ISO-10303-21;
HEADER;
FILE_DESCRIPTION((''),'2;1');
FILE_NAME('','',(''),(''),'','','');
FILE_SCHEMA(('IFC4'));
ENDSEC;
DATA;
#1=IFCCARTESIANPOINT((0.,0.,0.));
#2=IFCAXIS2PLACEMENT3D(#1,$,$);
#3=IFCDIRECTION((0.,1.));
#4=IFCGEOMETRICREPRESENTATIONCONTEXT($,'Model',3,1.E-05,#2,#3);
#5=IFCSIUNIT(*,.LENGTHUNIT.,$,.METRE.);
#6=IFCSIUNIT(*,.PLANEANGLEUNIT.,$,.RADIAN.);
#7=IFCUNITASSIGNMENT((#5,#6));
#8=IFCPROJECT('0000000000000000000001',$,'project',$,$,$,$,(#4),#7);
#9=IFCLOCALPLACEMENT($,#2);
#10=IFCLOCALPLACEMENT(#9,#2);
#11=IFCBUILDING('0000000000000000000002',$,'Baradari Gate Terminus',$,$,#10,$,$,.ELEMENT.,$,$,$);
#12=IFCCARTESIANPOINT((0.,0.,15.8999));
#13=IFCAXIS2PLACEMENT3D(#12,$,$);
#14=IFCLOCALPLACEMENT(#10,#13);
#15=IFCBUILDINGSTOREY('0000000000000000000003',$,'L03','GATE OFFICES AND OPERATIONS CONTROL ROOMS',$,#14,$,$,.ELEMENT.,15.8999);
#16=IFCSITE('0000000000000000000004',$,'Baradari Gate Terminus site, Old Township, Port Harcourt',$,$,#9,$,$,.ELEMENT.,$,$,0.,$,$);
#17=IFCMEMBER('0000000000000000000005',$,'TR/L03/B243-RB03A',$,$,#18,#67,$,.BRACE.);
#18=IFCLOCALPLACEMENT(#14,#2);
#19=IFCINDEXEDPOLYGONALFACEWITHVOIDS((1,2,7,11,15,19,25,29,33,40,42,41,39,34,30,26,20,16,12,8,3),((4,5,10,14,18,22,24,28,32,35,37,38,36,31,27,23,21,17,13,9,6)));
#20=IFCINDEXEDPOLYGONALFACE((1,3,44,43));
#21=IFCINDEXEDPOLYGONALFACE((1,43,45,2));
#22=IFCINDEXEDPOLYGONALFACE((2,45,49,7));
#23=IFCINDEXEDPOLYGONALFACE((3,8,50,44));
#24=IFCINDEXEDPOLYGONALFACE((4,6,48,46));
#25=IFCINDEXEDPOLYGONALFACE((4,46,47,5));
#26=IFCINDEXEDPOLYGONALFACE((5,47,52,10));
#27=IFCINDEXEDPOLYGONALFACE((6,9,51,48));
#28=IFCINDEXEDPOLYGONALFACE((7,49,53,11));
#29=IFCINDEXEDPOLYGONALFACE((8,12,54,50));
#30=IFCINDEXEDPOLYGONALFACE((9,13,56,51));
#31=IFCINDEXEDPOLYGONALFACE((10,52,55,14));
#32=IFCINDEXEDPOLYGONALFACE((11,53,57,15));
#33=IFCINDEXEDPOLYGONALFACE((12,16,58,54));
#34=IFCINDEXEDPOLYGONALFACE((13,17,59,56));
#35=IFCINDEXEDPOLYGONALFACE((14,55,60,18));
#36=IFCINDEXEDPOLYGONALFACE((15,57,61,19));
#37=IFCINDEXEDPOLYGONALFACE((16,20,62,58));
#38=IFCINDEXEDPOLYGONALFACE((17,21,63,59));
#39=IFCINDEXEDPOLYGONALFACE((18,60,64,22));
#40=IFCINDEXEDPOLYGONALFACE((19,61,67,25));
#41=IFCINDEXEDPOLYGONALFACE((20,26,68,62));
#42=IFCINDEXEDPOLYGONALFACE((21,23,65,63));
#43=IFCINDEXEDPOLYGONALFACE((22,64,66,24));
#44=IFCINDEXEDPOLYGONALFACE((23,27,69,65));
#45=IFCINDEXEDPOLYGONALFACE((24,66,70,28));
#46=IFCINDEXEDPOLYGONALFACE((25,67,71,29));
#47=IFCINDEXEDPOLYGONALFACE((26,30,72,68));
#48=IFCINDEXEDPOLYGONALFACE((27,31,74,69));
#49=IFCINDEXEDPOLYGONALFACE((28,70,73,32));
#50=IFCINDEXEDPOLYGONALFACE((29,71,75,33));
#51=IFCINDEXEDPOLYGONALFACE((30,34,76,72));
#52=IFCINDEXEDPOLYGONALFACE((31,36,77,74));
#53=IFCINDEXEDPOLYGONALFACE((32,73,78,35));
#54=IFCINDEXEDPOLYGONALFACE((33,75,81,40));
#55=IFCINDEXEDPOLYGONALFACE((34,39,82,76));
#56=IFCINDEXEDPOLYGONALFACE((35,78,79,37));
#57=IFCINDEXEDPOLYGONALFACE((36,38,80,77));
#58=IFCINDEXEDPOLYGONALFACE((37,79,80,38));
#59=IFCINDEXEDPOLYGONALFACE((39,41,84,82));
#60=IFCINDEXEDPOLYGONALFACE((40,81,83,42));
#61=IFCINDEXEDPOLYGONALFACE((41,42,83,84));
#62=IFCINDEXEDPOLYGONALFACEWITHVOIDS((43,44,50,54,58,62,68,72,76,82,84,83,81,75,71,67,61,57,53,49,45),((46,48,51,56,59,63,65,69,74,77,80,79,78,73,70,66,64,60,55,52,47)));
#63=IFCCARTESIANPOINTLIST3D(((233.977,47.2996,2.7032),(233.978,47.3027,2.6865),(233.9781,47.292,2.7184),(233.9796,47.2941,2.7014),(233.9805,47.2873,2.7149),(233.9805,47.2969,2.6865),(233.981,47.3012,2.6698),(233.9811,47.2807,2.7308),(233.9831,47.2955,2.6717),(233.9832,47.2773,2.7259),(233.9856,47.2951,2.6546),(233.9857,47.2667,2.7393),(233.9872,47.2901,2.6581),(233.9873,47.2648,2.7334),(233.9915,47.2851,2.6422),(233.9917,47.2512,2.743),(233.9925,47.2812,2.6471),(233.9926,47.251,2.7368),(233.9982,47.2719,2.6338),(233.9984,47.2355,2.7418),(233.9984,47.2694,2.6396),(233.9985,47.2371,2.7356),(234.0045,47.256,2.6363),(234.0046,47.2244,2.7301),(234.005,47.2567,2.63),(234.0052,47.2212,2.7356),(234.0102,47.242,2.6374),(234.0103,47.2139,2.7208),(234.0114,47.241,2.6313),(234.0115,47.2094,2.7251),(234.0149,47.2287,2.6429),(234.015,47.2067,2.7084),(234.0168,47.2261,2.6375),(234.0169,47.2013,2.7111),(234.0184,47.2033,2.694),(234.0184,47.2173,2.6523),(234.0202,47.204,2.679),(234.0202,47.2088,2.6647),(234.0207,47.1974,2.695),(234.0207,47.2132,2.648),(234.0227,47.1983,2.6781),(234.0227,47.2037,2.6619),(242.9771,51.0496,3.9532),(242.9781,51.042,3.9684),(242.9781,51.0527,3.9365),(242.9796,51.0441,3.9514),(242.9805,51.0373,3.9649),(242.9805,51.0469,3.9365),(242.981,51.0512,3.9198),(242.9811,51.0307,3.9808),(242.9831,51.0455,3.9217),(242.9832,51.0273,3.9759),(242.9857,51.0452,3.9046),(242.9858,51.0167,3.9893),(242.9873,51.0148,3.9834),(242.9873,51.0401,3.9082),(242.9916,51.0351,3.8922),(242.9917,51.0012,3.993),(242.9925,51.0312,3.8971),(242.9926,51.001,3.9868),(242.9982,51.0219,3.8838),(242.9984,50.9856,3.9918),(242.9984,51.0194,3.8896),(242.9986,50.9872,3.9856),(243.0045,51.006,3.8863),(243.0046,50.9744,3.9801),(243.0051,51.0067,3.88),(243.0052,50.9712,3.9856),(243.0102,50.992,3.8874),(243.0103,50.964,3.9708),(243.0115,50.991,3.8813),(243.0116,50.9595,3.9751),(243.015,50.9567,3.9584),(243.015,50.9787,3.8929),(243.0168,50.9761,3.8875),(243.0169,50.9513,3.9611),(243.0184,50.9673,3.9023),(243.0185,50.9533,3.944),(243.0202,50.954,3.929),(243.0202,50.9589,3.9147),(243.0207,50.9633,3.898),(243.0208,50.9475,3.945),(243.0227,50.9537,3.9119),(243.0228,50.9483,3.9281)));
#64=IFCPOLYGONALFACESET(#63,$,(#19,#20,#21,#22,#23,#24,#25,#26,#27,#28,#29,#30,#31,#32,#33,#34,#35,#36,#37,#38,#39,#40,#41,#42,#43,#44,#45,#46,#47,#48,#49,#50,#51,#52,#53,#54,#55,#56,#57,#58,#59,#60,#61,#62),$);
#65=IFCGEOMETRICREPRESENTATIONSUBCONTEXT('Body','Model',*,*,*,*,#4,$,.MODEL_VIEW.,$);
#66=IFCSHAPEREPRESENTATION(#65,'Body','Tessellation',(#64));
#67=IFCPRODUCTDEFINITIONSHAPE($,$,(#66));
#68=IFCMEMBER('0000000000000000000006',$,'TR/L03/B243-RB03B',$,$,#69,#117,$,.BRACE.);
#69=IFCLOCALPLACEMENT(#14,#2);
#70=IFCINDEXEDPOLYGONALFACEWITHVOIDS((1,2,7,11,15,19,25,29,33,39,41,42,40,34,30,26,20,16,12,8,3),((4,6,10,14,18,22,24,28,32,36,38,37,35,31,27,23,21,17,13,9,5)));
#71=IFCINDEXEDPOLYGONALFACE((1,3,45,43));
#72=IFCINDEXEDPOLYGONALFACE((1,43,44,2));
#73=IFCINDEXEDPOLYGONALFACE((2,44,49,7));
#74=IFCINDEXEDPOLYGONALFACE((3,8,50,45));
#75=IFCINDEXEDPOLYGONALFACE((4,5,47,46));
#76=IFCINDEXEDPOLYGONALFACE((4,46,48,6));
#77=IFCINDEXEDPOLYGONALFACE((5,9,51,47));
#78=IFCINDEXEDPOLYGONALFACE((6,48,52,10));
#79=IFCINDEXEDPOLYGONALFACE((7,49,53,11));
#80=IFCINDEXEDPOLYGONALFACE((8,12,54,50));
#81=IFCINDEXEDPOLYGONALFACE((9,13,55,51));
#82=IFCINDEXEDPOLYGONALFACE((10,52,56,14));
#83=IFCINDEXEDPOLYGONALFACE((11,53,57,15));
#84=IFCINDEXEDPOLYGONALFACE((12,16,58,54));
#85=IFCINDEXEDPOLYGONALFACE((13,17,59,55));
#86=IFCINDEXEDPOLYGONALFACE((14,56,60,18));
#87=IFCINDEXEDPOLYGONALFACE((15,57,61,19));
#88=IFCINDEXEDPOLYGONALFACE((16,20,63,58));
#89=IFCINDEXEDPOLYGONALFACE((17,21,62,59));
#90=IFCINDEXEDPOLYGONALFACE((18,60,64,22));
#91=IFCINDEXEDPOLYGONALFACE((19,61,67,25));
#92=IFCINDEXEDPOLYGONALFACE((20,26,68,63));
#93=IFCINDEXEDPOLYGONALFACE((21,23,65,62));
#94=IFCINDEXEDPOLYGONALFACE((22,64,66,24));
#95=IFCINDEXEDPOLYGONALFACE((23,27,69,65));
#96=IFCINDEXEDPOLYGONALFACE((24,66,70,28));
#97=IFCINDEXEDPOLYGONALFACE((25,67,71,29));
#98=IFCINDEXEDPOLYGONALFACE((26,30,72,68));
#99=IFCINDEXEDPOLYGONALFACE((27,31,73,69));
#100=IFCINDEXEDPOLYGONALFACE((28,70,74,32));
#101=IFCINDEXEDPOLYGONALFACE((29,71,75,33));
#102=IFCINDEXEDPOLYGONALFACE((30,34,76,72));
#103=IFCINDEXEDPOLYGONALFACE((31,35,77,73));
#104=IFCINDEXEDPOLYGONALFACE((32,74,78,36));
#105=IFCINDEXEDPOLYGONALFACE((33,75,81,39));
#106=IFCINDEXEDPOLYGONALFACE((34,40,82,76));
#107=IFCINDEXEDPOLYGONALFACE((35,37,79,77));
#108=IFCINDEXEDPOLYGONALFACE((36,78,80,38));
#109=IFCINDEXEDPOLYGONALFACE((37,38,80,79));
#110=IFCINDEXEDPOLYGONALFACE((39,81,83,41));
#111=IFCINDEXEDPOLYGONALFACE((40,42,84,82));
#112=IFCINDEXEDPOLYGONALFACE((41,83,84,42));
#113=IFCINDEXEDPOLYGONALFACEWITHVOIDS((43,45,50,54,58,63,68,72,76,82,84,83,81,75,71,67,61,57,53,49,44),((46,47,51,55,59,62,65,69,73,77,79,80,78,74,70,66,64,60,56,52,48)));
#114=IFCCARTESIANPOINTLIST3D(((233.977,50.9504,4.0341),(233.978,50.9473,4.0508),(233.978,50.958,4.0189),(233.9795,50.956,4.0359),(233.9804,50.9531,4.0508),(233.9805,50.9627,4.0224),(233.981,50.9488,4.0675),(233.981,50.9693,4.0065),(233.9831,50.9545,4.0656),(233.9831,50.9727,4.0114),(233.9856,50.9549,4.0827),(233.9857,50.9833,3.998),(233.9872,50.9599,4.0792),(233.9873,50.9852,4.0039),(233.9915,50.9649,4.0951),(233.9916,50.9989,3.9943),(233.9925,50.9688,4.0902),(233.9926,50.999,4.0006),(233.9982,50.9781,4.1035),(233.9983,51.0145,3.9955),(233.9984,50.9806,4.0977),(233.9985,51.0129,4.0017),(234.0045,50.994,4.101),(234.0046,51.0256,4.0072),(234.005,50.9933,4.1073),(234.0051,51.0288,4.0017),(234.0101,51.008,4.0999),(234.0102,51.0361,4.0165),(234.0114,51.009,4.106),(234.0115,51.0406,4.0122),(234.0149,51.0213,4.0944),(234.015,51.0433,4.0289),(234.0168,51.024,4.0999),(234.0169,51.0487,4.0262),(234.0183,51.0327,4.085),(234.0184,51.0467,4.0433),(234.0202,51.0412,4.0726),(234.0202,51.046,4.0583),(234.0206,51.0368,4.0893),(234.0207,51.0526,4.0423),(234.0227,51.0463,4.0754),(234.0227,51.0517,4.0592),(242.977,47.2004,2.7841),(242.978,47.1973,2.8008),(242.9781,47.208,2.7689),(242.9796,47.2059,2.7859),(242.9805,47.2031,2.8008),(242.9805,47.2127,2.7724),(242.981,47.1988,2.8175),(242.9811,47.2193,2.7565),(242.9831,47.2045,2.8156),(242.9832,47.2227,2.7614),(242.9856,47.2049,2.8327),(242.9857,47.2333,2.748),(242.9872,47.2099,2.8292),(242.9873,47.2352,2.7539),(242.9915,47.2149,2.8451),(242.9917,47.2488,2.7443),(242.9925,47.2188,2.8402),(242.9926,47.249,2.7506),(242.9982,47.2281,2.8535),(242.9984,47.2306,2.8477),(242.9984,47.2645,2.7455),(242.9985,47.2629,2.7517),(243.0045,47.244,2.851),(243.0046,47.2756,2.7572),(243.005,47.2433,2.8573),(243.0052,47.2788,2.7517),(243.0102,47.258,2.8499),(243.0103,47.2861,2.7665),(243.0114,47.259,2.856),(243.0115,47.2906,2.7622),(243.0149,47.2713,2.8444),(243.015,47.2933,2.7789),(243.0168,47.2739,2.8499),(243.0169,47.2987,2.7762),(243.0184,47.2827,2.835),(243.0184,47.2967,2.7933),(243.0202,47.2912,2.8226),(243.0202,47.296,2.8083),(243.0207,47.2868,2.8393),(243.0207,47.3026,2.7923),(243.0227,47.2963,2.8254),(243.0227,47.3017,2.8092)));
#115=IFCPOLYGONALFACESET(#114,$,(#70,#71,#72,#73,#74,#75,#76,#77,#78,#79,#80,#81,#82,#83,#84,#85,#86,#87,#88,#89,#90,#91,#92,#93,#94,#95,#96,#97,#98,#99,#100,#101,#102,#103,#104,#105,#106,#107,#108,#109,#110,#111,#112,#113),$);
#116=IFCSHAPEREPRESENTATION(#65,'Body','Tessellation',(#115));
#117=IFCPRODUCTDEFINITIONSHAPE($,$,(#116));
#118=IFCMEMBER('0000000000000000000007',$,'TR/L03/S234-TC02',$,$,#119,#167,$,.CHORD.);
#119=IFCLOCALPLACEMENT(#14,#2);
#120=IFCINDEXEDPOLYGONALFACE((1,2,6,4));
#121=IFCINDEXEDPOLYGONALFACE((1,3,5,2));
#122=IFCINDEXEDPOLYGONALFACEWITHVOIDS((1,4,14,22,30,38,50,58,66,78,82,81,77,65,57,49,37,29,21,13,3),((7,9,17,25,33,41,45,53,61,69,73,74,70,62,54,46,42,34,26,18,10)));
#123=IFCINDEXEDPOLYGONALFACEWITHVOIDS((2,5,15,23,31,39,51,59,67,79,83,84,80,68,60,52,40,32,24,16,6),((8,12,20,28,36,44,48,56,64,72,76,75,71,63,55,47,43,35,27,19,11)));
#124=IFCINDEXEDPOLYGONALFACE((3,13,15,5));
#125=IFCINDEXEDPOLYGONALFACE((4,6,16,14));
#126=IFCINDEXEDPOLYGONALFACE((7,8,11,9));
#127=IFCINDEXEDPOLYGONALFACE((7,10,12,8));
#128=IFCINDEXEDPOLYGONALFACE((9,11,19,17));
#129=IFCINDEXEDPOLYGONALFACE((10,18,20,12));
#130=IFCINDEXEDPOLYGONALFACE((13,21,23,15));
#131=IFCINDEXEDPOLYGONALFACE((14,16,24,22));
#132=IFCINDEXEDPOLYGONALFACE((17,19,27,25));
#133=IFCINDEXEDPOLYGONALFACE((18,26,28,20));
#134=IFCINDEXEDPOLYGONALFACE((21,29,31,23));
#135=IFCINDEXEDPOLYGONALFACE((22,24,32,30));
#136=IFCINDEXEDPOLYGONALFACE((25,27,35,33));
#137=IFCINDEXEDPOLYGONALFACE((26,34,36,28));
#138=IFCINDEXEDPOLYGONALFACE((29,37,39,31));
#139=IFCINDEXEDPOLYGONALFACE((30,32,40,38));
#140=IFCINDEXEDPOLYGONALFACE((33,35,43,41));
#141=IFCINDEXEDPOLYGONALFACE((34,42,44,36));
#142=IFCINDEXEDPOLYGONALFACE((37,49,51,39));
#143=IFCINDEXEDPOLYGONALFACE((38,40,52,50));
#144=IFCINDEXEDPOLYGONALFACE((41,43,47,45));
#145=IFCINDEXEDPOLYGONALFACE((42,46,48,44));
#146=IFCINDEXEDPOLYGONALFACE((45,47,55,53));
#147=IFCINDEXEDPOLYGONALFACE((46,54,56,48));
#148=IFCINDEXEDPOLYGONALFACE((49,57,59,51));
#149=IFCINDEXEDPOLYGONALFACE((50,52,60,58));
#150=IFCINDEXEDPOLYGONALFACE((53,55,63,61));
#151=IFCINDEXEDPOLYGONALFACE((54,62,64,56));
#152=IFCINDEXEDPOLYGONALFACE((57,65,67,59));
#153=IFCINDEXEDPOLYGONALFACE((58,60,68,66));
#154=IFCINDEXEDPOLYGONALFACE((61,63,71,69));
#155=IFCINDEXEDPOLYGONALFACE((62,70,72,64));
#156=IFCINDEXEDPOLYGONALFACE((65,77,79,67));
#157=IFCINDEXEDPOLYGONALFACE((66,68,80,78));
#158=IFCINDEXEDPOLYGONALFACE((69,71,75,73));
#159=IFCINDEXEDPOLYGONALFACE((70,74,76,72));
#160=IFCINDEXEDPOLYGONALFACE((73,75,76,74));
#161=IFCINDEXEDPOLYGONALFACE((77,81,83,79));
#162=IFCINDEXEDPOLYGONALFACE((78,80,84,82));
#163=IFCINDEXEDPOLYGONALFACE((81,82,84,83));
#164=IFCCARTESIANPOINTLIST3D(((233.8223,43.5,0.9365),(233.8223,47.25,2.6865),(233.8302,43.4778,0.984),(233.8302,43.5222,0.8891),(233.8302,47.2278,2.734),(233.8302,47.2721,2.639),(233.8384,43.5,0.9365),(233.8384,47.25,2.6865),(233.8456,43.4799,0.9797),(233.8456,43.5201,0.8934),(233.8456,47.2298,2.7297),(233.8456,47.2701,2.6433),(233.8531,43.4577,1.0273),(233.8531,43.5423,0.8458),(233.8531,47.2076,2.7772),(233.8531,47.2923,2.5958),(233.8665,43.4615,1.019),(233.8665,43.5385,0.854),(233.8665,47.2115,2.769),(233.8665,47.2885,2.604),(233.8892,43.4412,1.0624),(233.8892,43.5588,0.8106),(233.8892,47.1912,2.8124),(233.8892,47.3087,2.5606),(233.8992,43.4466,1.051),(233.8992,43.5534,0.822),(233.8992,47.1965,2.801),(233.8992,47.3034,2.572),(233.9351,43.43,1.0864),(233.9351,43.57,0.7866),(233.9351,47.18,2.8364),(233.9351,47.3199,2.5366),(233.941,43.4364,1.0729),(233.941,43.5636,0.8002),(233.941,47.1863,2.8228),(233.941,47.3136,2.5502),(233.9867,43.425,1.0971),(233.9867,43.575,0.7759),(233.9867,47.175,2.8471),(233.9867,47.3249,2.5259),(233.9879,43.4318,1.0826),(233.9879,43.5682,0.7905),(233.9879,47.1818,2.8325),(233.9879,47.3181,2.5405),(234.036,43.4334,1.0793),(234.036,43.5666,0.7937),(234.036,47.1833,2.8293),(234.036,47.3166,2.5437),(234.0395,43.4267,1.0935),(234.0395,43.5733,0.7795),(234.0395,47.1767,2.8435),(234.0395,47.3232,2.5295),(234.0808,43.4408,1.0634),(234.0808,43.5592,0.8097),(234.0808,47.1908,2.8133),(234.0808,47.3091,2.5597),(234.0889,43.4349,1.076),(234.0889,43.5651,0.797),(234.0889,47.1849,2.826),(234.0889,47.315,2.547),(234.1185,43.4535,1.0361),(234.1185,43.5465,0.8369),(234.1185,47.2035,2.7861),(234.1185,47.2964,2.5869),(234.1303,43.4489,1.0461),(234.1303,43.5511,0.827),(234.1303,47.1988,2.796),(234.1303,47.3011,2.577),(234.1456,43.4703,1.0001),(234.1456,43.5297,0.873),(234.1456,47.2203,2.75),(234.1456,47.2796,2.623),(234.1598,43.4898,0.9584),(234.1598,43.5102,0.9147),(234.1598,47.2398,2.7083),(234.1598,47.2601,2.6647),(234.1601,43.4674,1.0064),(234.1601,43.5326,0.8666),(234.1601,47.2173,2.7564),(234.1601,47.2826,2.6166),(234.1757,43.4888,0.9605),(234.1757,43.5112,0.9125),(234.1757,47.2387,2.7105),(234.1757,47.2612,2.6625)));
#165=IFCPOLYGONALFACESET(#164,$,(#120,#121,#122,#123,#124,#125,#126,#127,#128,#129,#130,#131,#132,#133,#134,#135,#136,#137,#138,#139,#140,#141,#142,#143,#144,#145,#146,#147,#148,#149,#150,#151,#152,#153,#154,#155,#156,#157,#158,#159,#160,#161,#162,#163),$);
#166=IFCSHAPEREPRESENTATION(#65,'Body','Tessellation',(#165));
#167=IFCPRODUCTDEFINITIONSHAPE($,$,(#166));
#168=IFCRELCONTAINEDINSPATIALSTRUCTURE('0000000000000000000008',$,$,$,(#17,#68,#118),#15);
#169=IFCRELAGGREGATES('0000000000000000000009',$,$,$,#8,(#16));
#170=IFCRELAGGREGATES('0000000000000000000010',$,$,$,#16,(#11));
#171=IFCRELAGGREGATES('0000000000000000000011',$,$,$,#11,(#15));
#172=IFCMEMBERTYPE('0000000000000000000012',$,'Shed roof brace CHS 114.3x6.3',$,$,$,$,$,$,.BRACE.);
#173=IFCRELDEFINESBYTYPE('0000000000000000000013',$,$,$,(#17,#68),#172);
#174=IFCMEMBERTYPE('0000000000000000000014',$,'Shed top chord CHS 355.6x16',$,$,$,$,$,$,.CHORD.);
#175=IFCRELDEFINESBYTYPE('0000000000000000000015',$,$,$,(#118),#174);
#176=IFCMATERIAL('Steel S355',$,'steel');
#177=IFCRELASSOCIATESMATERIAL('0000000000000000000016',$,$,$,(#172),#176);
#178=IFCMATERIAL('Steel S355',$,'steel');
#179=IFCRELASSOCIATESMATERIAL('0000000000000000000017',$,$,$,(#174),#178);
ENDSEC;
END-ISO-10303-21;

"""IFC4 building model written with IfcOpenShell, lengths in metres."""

from ifc_helpers import new_model, si_unit, direction, frame, origin, origin_2d, place, context, subcontext, project, spatial, hollow_circle, extrude, material, material_profile, profile_set, type_object, element, save


model = new_model("IFC4")

# Units and contexts
model_context = context("Model", 3, precision=1e-05, world=origin(), true_north=direction((0.0, 1.0)))
body_context = subcontext(model_context, "Body", "Model", "MODEL_VIEW")
ifc_project = project(units=[si_unit("LENGTHUNIT", "METRE"), si_unit("PLANEANGLEUNIT", "RADIAN")], contexts=[model_context])

# Site, building, storey
site_placement = place(None, origin())
site = spatial("IfcSite", under=ifc_project, at=site_placement, Name="Baradari Gate Terminus site, Old Township, Port Harcourt", CompositionType="ELEMENT", RefElevation=0.0)
building_placement = place(site_placement, origin())
building = spatial("IfcBuilding", under=site, at=building_placement, Name="Baradari Gate Terminus", CompositionType="ELEMENT")
storey_placement = place(building_placement, frame((0.0, 0.0, 15.8999)))
storey = spatial("IfcBuildingStorey", under=building, at=storey_placement, Name="L03", Description="GATE OFFICES AND OPERATIONS CONTROL ROOMS", CompositionType="ELEMENT", Elevation=15.8999)

# Members
ifc_material_1 = material(Name="Steel S355", Category="steel")
ifc_material_profile_1 = material_profile(ifc_material_1, hollow_circle(Radius=0.0571, WallThickness=0.0063, at=origin_2d()), Name="CHS 114.3x6.3")
ifc_profile_set_1 = profile_set([ifc_material_profile_1], Name="Steel S355")
member_type_1 = type_object("IfcMemberType", Name="Shed roof brace CHS 114.3x6.3", PredefinedType="BRACE", material=ifc_profile_set_1)
for number, where, z_axis, x_axis, name in (
    (1, (234.0, 47.25, 2.6865), (0.915583, 0.381493, 0.127164), (-0.384615, 0.923077, 0.0), "TR/L03/B243-RB03A"),
    (2, (243.0, 47.25, 2.8008), (-0.915583, 0.381493, 0.127164), (-0.384615, -0.923077, 0.0), "TR/L03/B243-RB03B"),
):
    element("IfcMember", number, at=place(storey_placement, frame(where, z_axis=z_axis, x_axis=x_axis)), inside=storey, type_object=member_type_1, Name=name, PredefinedType="BRACE", context=body_context, shape_type="SweptSolid", body=[
        extrude(hollow_circle(Radius=0.0571, WallThickness=0.0063, at=origin_2d()), origin(), (0.0, 0.0, 1.0), 9.8298),
    ])
ifc_material_2 = material(Name="Steel S355", Category="steel")
ifc_material_profile_2 = material_profile(ifc_material_2, hollow_circle(Radius=0.1777, WallThickness=0.0161, at=origin_2d()), Name="CHS 355.6x16")
ifc_profile_set_2 = profile_set([ifc_material_profile_2], Name="Steel S355")
member_type_2 = type_object("IfcMemberType", Name="Shed top chord CHS 355.6x16", PredefinedType="CHORD", material=ifc_profile_set_2)
member_1_placement = place(storey_placement, frame((234.0, 43.5, 0.9365), z_axis=(0.0, 0.906183, 0.422885), x_axis=(-1.0, 0.0, 0.0)))
element("IfcMember", 3, at=member_1_placement, inside=storey, type_object=member_type_2, Name="TR/L03/S234-TC02", PredefinedType="CHORD", context=body_context, shape_type="SweptSolid", body=[
    extrude(hollow_circle(Radius=0.1777, WallThickness=0.0161, at=origin_2d()), origin(), (0.0, 0.0, 1.0), 4.1382),
])

save(model, "model.ifc")
